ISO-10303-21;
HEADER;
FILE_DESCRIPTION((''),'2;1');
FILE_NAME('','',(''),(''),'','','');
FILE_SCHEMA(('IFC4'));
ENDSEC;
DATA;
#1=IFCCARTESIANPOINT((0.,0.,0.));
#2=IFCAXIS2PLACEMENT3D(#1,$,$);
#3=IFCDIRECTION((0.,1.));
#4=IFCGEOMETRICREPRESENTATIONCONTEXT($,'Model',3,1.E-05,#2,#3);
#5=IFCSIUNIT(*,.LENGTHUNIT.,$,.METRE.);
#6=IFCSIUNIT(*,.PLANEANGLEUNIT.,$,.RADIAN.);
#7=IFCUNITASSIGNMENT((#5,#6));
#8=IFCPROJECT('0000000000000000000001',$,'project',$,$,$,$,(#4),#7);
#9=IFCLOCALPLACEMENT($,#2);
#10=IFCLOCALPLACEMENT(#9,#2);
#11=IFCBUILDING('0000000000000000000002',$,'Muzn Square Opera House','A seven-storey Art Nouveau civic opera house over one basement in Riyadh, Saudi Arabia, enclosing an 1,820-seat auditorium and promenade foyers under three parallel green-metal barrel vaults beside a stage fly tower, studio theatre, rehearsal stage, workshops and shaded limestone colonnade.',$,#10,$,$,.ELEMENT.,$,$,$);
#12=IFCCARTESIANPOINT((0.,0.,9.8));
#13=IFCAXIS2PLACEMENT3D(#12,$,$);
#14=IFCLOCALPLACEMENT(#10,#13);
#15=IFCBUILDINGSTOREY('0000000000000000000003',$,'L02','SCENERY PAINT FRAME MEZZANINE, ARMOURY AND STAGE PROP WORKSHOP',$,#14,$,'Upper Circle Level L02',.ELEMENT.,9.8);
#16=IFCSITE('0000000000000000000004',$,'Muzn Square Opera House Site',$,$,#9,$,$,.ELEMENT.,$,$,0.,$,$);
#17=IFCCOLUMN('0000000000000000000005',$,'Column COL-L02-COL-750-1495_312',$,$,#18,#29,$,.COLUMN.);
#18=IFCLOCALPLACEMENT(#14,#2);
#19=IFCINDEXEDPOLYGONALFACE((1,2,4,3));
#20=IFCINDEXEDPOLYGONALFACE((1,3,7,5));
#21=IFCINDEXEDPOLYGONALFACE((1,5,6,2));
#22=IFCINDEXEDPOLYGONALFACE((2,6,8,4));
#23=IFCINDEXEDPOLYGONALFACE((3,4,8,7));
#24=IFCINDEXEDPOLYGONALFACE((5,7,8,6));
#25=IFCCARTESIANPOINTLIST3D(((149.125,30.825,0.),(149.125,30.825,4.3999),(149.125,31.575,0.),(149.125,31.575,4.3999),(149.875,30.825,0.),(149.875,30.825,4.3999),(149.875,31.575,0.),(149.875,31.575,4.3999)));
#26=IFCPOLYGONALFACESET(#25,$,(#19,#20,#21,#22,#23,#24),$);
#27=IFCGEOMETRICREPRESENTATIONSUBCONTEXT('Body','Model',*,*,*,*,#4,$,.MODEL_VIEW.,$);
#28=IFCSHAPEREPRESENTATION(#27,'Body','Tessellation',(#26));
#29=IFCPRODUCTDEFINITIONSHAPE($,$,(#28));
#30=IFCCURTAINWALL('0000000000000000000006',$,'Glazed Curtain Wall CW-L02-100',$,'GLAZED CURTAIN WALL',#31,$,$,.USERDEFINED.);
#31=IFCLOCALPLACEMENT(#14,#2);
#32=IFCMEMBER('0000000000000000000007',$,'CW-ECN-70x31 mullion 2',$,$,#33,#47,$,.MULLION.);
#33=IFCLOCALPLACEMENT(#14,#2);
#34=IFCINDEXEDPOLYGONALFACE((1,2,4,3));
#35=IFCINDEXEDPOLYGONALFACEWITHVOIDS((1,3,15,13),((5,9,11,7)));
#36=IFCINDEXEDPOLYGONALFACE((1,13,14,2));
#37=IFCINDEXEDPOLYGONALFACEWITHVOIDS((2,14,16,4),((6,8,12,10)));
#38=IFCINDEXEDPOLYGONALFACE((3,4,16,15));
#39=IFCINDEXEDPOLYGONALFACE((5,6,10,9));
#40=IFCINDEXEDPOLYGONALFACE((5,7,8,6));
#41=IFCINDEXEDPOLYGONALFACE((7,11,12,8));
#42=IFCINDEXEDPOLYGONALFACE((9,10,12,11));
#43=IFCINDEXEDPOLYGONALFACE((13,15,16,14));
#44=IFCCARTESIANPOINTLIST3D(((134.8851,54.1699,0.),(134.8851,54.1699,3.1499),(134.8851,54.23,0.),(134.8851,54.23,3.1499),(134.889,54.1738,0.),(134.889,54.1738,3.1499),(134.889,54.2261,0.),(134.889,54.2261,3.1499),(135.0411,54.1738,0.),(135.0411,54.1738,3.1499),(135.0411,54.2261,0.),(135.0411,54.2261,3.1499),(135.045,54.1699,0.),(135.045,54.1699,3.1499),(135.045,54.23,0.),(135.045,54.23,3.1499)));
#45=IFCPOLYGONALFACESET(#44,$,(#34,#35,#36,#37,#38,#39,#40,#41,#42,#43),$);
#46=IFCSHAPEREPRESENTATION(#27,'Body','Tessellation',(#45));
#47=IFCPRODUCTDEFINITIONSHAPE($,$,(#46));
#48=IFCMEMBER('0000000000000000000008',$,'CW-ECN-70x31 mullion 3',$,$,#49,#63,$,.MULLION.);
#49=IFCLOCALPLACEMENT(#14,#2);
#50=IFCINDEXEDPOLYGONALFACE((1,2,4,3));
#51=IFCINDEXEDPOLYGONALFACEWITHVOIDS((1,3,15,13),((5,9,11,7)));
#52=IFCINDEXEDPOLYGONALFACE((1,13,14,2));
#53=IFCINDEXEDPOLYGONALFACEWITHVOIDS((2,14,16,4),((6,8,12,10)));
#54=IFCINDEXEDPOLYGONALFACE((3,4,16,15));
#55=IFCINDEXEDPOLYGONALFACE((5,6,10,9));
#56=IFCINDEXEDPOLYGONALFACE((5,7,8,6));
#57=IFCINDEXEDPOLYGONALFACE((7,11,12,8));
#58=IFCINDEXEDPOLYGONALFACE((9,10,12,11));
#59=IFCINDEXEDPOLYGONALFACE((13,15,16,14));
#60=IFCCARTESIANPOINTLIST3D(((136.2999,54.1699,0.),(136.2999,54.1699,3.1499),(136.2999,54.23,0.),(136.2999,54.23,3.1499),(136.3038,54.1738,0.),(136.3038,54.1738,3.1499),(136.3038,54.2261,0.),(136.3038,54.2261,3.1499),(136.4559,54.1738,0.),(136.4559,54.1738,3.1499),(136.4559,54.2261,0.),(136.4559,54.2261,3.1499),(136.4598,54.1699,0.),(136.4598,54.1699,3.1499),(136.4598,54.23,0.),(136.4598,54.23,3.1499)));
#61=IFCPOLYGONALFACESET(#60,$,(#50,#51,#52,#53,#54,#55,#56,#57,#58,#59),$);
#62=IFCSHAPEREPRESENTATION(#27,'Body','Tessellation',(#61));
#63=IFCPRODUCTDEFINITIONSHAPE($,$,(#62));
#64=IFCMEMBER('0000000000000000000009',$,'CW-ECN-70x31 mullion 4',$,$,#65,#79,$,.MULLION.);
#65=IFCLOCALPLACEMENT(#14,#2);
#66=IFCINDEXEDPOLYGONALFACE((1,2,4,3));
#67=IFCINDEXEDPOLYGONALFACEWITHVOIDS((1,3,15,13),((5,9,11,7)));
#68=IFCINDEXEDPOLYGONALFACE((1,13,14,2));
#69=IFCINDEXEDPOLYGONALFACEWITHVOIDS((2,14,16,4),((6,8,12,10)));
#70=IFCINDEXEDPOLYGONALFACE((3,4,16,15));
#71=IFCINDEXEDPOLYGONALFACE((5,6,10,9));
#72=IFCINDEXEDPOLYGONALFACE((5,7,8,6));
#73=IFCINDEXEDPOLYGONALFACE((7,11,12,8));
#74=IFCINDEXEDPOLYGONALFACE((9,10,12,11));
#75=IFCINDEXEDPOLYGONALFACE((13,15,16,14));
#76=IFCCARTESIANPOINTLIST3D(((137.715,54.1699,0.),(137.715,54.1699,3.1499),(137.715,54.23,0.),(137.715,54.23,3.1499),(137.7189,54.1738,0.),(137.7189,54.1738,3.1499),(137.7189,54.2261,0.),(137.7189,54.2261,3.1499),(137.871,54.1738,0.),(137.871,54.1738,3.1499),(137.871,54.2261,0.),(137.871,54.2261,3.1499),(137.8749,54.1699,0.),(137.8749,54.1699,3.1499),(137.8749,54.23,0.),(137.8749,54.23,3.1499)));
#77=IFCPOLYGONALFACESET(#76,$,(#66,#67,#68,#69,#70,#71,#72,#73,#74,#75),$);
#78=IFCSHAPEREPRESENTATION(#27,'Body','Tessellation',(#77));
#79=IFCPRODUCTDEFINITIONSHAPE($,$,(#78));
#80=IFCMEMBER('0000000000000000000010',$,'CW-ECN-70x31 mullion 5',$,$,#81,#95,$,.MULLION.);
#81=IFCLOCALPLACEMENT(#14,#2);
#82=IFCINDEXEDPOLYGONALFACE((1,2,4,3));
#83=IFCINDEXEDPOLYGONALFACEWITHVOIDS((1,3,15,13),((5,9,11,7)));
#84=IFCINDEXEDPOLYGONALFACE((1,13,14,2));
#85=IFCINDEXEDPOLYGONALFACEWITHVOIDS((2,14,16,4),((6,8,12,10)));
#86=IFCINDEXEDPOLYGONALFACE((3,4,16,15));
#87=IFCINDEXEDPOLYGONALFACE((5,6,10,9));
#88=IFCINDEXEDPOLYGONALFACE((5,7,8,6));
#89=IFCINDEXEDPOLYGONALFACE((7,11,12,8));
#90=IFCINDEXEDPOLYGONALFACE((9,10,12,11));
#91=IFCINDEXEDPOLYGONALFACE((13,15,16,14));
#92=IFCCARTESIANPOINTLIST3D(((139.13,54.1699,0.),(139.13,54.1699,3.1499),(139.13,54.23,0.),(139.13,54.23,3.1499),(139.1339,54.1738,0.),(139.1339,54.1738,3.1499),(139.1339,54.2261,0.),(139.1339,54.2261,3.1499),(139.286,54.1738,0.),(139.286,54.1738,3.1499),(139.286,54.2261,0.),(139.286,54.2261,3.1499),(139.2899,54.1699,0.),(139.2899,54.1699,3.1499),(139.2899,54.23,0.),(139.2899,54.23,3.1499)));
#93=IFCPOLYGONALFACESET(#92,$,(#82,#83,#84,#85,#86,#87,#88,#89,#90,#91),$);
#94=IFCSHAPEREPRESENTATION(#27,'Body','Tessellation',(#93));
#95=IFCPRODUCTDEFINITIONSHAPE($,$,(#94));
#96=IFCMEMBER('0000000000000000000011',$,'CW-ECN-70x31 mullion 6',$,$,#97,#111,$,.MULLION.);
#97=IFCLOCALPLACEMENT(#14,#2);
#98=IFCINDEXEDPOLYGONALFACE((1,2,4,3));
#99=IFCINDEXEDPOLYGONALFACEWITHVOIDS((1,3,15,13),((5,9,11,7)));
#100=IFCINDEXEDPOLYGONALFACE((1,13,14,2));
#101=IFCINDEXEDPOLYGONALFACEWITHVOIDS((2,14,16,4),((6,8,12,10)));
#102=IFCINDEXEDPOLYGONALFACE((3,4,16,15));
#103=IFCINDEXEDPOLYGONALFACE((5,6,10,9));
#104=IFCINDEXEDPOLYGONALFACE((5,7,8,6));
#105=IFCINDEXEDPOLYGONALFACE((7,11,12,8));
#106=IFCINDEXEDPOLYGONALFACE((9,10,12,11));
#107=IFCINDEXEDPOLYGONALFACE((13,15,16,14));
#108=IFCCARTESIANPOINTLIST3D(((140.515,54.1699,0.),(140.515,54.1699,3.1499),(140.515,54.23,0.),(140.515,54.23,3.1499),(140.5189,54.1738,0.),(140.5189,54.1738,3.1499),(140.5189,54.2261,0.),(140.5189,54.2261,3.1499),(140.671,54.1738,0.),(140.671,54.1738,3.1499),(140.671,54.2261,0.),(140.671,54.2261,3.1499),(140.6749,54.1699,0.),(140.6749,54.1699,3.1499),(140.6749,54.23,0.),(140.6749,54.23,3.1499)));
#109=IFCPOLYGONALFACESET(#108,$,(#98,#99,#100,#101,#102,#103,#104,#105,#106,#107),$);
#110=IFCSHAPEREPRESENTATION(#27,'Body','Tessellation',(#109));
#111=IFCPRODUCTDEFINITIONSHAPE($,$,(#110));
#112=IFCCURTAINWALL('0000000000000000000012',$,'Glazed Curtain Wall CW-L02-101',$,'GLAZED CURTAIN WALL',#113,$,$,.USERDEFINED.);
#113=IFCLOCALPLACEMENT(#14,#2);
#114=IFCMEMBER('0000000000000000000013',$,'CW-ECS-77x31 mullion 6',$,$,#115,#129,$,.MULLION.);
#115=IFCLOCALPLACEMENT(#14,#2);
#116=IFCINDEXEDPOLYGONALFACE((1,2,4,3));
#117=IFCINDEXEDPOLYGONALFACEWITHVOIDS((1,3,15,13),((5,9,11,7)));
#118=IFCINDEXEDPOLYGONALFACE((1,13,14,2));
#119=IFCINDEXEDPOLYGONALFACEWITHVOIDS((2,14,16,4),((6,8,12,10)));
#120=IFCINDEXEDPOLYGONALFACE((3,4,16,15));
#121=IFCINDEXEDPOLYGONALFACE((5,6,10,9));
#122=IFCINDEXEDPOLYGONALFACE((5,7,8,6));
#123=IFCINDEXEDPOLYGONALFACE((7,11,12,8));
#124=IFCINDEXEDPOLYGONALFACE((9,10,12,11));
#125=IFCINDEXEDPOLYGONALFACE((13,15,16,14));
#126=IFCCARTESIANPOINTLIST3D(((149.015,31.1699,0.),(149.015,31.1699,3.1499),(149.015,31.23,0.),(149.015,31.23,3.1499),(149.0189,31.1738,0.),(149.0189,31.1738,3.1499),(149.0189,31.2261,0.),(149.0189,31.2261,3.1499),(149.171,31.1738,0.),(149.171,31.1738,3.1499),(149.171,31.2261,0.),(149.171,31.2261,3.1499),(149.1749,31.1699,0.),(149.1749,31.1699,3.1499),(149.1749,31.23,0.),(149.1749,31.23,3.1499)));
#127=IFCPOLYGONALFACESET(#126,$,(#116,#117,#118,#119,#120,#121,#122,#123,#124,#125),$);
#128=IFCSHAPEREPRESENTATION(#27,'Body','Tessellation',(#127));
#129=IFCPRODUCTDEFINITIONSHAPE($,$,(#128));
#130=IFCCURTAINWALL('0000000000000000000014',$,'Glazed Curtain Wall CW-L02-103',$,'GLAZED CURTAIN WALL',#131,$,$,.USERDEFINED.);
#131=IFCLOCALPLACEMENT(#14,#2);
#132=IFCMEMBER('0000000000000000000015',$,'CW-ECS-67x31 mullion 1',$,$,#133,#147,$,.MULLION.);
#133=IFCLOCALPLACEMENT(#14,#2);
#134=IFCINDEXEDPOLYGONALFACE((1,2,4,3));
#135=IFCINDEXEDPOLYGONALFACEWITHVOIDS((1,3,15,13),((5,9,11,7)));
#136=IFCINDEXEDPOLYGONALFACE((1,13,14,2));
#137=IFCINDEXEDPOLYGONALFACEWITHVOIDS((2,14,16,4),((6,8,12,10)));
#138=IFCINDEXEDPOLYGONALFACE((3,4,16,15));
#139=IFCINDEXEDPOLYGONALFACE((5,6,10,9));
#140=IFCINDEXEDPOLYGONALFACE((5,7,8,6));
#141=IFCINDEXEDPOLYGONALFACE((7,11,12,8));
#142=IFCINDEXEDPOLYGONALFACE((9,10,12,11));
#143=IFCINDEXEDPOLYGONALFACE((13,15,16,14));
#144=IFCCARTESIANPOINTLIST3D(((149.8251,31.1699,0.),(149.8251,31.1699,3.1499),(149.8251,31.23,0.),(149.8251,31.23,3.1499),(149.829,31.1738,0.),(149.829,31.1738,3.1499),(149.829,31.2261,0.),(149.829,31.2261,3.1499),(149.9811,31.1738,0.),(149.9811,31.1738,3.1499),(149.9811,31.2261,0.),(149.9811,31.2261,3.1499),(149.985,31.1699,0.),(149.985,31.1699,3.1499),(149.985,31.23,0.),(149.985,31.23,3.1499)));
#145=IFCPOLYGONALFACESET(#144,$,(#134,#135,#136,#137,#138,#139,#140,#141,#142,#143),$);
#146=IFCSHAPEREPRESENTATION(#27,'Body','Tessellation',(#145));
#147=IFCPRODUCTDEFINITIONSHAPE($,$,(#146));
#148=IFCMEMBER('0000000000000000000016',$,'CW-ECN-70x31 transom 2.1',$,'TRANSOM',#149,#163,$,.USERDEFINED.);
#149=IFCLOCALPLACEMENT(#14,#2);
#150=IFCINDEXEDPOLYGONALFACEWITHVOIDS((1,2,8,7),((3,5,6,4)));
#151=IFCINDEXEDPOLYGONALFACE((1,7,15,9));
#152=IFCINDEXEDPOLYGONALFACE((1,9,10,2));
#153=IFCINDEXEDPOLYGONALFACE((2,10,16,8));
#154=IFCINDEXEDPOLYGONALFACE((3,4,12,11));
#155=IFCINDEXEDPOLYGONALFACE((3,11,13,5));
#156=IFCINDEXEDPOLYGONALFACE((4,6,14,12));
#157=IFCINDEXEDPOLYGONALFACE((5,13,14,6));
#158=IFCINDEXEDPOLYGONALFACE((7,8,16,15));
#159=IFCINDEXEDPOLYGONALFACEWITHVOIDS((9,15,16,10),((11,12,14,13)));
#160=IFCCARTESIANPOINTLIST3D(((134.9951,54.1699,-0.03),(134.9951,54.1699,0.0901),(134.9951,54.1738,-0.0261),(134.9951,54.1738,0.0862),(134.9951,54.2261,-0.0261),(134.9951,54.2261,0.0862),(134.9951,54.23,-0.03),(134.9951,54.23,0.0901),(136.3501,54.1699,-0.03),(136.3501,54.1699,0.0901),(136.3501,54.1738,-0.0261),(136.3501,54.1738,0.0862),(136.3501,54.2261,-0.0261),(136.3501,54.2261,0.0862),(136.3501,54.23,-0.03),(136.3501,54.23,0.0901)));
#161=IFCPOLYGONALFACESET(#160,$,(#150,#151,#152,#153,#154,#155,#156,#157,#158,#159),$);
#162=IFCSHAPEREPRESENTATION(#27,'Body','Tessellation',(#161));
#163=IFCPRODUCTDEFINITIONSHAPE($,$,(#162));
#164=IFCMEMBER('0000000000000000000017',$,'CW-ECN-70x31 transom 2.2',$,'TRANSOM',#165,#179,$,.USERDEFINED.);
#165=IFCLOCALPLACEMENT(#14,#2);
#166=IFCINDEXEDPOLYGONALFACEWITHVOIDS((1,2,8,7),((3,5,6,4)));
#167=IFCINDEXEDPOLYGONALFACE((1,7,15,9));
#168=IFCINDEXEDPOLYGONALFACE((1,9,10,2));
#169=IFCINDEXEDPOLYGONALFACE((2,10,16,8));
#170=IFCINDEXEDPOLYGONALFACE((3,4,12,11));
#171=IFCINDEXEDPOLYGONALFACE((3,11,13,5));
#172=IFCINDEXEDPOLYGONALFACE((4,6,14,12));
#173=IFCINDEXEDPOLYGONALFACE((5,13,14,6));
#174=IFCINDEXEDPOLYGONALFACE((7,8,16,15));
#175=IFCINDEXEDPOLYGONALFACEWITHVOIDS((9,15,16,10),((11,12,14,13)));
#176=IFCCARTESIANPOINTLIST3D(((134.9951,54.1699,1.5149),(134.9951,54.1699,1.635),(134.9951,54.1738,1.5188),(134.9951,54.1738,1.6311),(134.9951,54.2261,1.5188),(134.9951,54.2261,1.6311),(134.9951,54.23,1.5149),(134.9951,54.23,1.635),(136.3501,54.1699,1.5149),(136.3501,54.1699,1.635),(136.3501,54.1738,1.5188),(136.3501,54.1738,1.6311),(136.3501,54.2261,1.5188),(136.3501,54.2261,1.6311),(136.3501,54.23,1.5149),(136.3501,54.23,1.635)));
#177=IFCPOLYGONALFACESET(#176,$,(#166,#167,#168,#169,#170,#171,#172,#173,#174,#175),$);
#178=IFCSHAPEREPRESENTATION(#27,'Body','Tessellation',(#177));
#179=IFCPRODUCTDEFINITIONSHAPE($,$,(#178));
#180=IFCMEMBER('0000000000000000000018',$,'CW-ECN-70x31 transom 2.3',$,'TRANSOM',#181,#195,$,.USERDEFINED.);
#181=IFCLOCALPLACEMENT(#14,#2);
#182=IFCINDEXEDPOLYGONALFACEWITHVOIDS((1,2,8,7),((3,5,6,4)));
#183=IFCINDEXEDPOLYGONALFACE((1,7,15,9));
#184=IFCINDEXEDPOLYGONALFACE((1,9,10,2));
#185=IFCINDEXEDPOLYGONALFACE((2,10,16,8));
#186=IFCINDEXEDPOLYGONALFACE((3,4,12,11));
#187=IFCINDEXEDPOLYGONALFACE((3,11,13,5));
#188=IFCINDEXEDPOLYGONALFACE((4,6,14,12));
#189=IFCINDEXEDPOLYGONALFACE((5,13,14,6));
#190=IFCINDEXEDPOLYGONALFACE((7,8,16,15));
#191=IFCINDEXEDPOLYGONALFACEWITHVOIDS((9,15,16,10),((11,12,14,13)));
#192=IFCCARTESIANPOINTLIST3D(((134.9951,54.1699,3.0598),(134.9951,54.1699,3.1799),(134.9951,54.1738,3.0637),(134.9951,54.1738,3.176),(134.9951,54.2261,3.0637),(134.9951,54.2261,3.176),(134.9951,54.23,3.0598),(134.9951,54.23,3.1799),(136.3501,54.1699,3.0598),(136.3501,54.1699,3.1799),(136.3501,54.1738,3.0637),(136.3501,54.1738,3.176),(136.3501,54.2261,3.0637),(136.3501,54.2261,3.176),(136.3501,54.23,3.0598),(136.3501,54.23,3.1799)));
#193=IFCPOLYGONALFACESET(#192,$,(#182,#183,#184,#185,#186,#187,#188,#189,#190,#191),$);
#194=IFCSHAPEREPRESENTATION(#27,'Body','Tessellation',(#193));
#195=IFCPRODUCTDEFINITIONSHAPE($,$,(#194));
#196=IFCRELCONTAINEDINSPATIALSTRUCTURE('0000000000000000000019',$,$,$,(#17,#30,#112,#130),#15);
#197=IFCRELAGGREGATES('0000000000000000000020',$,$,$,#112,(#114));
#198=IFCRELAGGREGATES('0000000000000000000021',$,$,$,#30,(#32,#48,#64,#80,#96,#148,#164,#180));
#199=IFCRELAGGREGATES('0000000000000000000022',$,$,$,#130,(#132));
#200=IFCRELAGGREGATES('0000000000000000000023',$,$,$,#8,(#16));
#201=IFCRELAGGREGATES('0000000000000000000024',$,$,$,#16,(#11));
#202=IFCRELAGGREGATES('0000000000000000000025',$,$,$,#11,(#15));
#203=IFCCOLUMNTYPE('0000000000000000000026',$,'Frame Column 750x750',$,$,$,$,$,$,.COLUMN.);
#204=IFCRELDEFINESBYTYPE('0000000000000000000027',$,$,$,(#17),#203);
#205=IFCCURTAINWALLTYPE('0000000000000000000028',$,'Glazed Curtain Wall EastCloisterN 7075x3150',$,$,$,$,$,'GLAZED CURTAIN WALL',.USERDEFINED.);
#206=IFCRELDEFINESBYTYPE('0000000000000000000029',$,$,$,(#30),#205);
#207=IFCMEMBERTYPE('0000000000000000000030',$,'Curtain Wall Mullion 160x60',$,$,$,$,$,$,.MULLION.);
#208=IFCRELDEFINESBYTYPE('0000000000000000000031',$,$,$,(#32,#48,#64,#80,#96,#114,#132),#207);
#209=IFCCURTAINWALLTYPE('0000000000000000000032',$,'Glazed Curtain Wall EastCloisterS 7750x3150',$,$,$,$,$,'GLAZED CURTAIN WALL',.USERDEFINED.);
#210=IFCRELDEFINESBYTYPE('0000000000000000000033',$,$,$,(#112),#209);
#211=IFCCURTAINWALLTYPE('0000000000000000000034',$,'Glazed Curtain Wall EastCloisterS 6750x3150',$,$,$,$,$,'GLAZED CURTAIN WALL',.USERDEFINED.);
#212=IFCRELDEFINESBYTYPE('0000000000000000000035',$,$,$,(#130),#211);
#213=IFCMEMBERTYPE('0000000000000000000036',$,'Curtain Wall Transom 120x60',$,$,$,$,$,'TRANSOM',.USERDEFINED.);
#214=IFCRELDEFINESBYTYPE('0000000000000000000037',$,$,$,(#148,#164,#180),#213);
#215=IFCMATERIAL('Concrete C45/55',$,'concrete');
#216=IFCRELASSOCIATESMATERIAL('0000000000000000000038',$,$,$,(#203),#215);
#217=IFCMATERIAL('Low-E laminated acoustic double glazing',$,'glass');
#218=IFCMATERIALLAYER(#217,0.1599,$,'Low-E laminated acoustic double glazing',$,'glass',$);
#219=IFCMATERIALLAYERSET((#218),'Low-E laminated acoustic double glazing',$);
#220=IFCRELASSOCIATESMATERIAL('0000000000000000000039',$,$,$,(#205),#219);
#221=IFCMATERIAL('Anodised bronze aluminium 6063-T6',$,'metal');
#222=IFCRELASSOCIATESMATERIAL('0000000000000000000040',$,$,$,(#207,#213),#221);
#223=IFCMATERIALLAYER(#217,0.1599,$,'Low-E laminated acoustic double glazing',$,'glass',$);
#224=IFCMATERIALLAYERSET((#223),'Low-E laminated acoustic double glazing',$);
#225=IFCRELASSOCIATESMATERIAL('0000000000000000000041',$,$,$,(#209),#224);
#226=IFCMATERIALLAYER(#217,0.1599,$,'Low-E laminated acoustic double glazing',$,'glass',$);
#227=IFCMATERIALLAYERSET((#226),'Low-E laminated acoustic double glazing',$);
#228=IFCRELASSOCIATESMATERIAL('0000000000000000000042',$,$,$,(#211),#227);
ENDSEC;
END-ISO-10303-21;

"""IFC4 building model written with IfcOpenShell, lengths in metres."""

from ifc_helpers import new_model, si_unit, direction, frame, origin, origin_2d, place, context, subcontext, project, spatial, rectangle, hollow_rectangle, extrude, material, layer, layer_set, material_profile, profile_set, type_object, element, aggregate, save


model = new_model("IFC4")

# Units and contexts
model_context = context("Model", 3, precision=1e-05, world=origin(), true_north=direction((0.0, 1.0)))
body_context = subcontext(model_context, "Body", "Model", "MODEL_VIEW")
ifc_project = project(units=[si_unit("LENGTHUNIT", "METRE"), si_unit("PLANEANGLEUNIT", "RADIAN")], contexts=[model_context])

# Site, building, storey
site_placement = place(None, origin())
site = spatial("IfcSite", under=ifc_project, at=site_placement, Name="Muzn Square Opera House Site", CompositionType="ELEMENT", RefElevation=0.0)
building_placement = place(site_placement, origin())
building = spatial("IfcBuilding", under=site, at=building_placement, Name="Muzn Square Opera House", Description="A seven-storey Art Nouveau civic opera house over one basement in Riyadh, Saudi Arabia, enclosing an 1,820-seat auditorium and promenade foyers under three parallel green-metal barrel vaults beside a stage fly tower, studio theatre, rehearsal stage, workshops and shaded limestone colonnade.", CompositionType="ELEMENT")
storey_placement = place(building_placement, frame((0.0, 0.0, 9.8)))
storey = spatial("IfcBuildingStorey", under=building, at=storey_placement, Name="L02", Description="SCENERY PAINT FRAME MEZZANINE, ARMOURY AND STAGE PROP WORKSHOP", LongName="Upper Circle Level L02", CompositionType="ELEMENT", Elevation=9.8)

# Column
ifc_material_1 = material(Name="Concrete C45/55", Category="concrete")
ifc_material_profile_1 = material_profile(ifc_material_1, rectangle(XDim=0.75, YDim=0.75, at=origin_2d()), Name="RC 750x750", Category="concrete")
ifc_profile_set_1 = profile_set([ifc_material_profile_1], Name="Concrete C45/55")
column_type = type_object("IfcColumnType", Name="Frame Column 750x750", PredefinedType="COLUMN", material=ifc_profile_set_1)
column_placement = place(storey_placement, frame((149.5, 31.2, 0.0), z_axis=(0.0, 0.0, 1.0), x_axis=(1.0, 0.0, 0.0)))
element("IfcColumn", 1, at=column_placement, inside=storey, type_object=column_type, Name="Column COL-L02-COL-750-1495_312", PredefinedType="COLUMN", context=body_context, shape_type="SweptSolid", body=[
    extrude(rectangle(XDim=0.75, YDim=0.75, at=origin_2d()), origin(), (0.0, 0.0, 1.0), 4.3999),
])

# Curtain wall, members
ifc_material_2 = material(Name="Low-E laminated acoustic double glazing", Category="glass")
ifc_layer_1 = layer(ifc_material_2, 0.1599, Name="Low-E laminated acoustic double glazing", Category="glass")
ifc_layer_set_1 = layer_set([ifc_layer_1], Name="Low-E laminated acoustic double glazing")
curtain_wall_type_1 = type_object("IfcCurtainWallType", Name="Glazed Curtain Wall EastCloisterN 7075x3150", ElementType="GLAZED CURTAIN WALL", PredefinedType="USERDEFINED", material=ifc_layer_set_1)
curtain_wall_1_placement = place(storey_placement, origin())
curtain_wall_1 = element("IfcCurtainWall", 2, at=curtain_wall_1_placement, inside=storey, type_object=curtain_wall_type_1, Name="Glazed Curtain Wall CW-L02-100", ObjectType="GLAZED CURTAIN WALL", PredefinedType="USERDEFINED")
ifc_material_3 = material(Name="Anodised bronze aluminium 6063-T6", Category="metal")
ifc_material_profile_2 = material_profile(ifc_material_3, hollow_rectangle(XDim=0.0601, YDim=0.1599, WallThickness=0.0039, at=origin_2d()), Name="ALU 160x60x4", Category="metal")
ifc_profile_set_2 = profile_set([ifc_material_profile_2], Name="Anodised bronze aluminium 6063-T6")
member_type_1 = type_object("IfcMemberType", Name="Curtain Wall Mullion 160x60", PredefinedType="MULLION", material=ifc_profile_set_2)
member_1_placement = place(storey_placement, frame((134.9651, 54.2, 0.0), z_axis=(0.0, 0.0, 1.0), x_axis=(0.0, 1.0, 0.0)))
member_1 = element("IfcMember", 3, at=member_1_placement, type_object=member_type_1, Name="CW-ECN-70x31 mullion 2", PredefinedType="MULLION", context=body_context, shape_type="SweptSolid", body=[
    extrude(hollow_rectangle(XDim=0.0601, YDim=0.1599, WallThickness=0.0039, at=origin_2d()), origin(), (0.0, 0.0, 1.0), 3.1499),
])
member_2_placement = place(storey_placement, frame((136.3799, 54.2, 0.0), z_axis=(0.0, 0.0, 1.0), x_axis=(0.0, 1.0, 0.0)))
member_2 = element("IfcMember", 4, at=member_2_placement, type_object=member_type_1, Name="CW-ECN-70x31 mullion 3", PredefinedType="MULLION", context=body_context, shape_type="SweptSolid", body=[
    extrude(hollow_rectangle(XDim=0.0601, YDim=0.1599, WallThickness=0.0039, at=origin_2d()), origin(), (0.0, 0.0, 1.0), 3.1499),
])
member_3_placement = place(storey_placement, frame((137.7949, 54.2, 0.0), z_axis=(0.0, 0.0, 1.0), x_axis=(0.0, 1.0, 0.0)))
member_3 = element("IfcMember", 5, at=member_3_placement, type_object=member_type_1, Name="CW-ECN-70x31 mullion 4", PredefinedType="MULLION", context=body_context, shape_type="SweptSolid", body=[
    extrude(hollow_rectangle(XDim=0.0601, YDim=0.1599, WallThickness=0.0039, at=origin_2d()), origin(), (0.0, 0.0, 1.0), 3.1499),
])
member_4_placement = place(storey_placement, frame((139.21, 54.2, 0.0), z_axis=(0.0, 0.0, 1.0), x_axis=(0.0, 1.0, 0.0)))
member_4 = element("IfcMember", 6, at=member_4_placement, type_object=member_type_1, Name="CW-ECN-70x31 mullion 5", PredefinedType="MULLION", context=body_context, shape_type="SweptSolid", body=[
    extrude(hollow_rectangle(XDim=0.0601, YDim=0.1599, WallThickness=0.0039, at=origin_2d()), origin(), (0.0, 0.0, 1.0), 3.1499),
])
member_5_placement = place(storey_placement, frame((140.595, 54.2, 0.0), z_axis=(0.0, 0.0, 1.0), x_axis=(0.0, 1.0, 0.0)))
member_5 = element("IfcMember", 7, at=member_5_placement, type_object=member_type_1, Name="CW-ECN-70x31 mullion 6", PredefinedType="MULLION", context=body_context, shape_type="SweptSolid", body=[
    extrude(hollow_rectangle(XDim=0.0601, YDim=0.1599, WallThickness=0.0039, at=origin_2d()), origin(), (0.0, 0.0, 1.0), 3.1499),
])

# Curtain walls, members
ifc_layer_2 = layer(ifc_material_2, 0.1599, Name="Low-E laminated acoustic double glazing", Category="glass")
ifc_layer_set_2 = layer_set([ifc_layer_2], Name="Low-E laminated acoustic double glazing")
curtain_wall_type_2 = type_object("IfcCurtainWallType", Name="Glazed Curtain Wall EastCloisterS 7750x3150", ElementType="GLAZED CURTAIN WALL", PredefinedType="USERDEFINED", material=ifc_layer_set_2)
curtain_wall_2_placement = place(storey_placement, origin())
curtain_wall_2 = element("IfcCurtainWall", 8, at=curtain_wall_2_placement, inside=storey, type_object=curtain_wall_type_2, Name="Glazed Curtain Wall CW-L02-101", ObjectType="GLAZED CURTAIN WALL", PredefinedType="USERDEFINED")
member_6_placement = place(storey_placement, frame((149.095, 31.2, 0.0), z_axis=(0.0, 0.0, 1.0), x_axis=(0.0, 1.0, 0.0)))
member_6 = element("IfcMember", 9, at=member_6_placement, type_object=member_type_1, Name="CW-ECS-77x31 mullion 6", PredefinedType="MULLION", context=body_context, shape_type="SweptSolid", body=[
    extrude(hollow_rectangle(XDim=0.0601, YDim=0.1599, WallThickness=0.0039, at=origin_2d()), origin(), (0.0, 0.0, 1.0), 3.1499),
])
aggregate(curtain_wall_2, [member_6])
ifc_layer_3 = layer(ifc_material_2, 0.1599, Name="Low-E laminated acoustic double glazing", Category="glass")
ifc_layer_set_3 = layer_set([ifc_layer_3], Name="Low-E laminated acoustic double glazing")
curtain_wall_type_3 = type_object("IfcCurtainWallType", Name="Glazed Curtain Wall EastCloisterS 6750x3150", ElementType="GLAZED CURTAIN WALL", PredefinedType="USERDEFINED", material=ifc_layer_set_3)
curtain_wall_3_placement = place(storey_placement, origin())
curtain_wall_3 = element("IfcCurtainWall", 10, at=curtain_wall_3_placement, inside=storey, type_object=curtain_wall_type_3, Name="Glazed Curtain Wall CW-L02-103", ObjectType="GLAZED CURTAIN WALL", PredefinedType="USERDEFINED")
member_7_placement = place(storey_placement, frame((149.905, 31.2, 0.0), z_axis=(0.0, 0.0, 1.0), x_axis=(0.0, 1.0, 0.0)))
member_7 = element("IfcMember", 11, at=member_7_placement, type_object=member_type_1, Name="CW-ECS-67x31 mullion 1", PredefinedType="MULLION", context=body_context, shape_type="SweptSolid", body=[
    extrude(hollow_rectangle(XDim=0.0601, YDim=0.1599, WallThickness=0.0039, at=origin_2d()), origin(), (0.0, 0.0, 1.0), 3.1499),
])

# Members
ifc_material_profile_3 = material_profile(ifc_material_3, hollow_rectangle(XDim=0.0601, YDim=0.1201, WallThickness=0.0039, at=origin_2d()), Name="ALU 120x60x4", Category="metal")
ifc_profile_set_3 = profile_set([ifc_material_profile_3], Name="Anodised bronze aluminium 6063-T6")
member_type_2 = type_object("IfcMemberType", Name="Curtain Wall Transom 120x60", ElementType="TRANSOM", PredefinedType="USERDEFINED", material=ifc_profile_set_3)
member_8_placement = place(storey_placement, frame((134.9951, 54.2, 0.03), z_axis=(1.0, 0.0, 0.0), x_axis=(0.0, 1.0, 0.0)))
member_8 = element("IfcMember", 12, at=member_8_placement, type_object=member_type_2, Name="CW-ECN-70x31 transom 2.1", ObjectType="TRANSOM", PredefinedType="USERDEFINED", context=body_context, shape_type="SweptSolid", body=[
    extrude(hollow_rectangle(XDim=0.0601, YDim=0.1201, WallThickness=0.0039, at=origin_2d()), origin(), (0.0, 0.0, 1.0), 1.355),
])
member_9_placement = place(storey_placement, frame((134.9951, 54.2, 1.575), z_axis=(1.0, 0.0, 0.0), x_axis=(0.0, 1.0, 0.0)))
member_9 = element("IfcMember", 13, at=member_9_placement, type_object=member_type_2, Name="CW-ECN-70x31 transom 2.2", ObjectType="TRANSOM", PredefinedType="USERDEFINED", context=body_context, shape_type="SweptSolid", body=[
    extrude(hollow_rectangle(XDim=0.0601, YDim=0.1201, WallThickness=0.0039, at=origin_2d()), origin(), (0.0, 0.0, 1.0), 1.355),
])
member_10_placement = place(storey_placement, frame((134.9951, 54.2, 3.1199), z_axis=(1.0, 0.0, 0.0), x_axis=(0.0, 1.0, 0.0)))
member_10 = element("IfcMember", 14, at=member_10_placement, type_object=member_type_2, Name="CW-ECN-70x31 transom 2.3", ObjectType="TRANSOM", PredefinedType="USERDEFINED", context=body_context, shape_type="SweptSolid", body=[
    extrude(hollow_rectangle(XDim=0.0601, YDim=0.1201, WallThickness=0.0039, at=origin_2d()), origin(), (0.0, 0.0, 1.0), 1.355),
])

aggregate(curtain_wall_1, [member_1, member_2, member_3, member_4, member_5, member_8, member_9, member_10])
aggregate(curtain_wall_3, [member_7])

save(model, "model.ifc")
